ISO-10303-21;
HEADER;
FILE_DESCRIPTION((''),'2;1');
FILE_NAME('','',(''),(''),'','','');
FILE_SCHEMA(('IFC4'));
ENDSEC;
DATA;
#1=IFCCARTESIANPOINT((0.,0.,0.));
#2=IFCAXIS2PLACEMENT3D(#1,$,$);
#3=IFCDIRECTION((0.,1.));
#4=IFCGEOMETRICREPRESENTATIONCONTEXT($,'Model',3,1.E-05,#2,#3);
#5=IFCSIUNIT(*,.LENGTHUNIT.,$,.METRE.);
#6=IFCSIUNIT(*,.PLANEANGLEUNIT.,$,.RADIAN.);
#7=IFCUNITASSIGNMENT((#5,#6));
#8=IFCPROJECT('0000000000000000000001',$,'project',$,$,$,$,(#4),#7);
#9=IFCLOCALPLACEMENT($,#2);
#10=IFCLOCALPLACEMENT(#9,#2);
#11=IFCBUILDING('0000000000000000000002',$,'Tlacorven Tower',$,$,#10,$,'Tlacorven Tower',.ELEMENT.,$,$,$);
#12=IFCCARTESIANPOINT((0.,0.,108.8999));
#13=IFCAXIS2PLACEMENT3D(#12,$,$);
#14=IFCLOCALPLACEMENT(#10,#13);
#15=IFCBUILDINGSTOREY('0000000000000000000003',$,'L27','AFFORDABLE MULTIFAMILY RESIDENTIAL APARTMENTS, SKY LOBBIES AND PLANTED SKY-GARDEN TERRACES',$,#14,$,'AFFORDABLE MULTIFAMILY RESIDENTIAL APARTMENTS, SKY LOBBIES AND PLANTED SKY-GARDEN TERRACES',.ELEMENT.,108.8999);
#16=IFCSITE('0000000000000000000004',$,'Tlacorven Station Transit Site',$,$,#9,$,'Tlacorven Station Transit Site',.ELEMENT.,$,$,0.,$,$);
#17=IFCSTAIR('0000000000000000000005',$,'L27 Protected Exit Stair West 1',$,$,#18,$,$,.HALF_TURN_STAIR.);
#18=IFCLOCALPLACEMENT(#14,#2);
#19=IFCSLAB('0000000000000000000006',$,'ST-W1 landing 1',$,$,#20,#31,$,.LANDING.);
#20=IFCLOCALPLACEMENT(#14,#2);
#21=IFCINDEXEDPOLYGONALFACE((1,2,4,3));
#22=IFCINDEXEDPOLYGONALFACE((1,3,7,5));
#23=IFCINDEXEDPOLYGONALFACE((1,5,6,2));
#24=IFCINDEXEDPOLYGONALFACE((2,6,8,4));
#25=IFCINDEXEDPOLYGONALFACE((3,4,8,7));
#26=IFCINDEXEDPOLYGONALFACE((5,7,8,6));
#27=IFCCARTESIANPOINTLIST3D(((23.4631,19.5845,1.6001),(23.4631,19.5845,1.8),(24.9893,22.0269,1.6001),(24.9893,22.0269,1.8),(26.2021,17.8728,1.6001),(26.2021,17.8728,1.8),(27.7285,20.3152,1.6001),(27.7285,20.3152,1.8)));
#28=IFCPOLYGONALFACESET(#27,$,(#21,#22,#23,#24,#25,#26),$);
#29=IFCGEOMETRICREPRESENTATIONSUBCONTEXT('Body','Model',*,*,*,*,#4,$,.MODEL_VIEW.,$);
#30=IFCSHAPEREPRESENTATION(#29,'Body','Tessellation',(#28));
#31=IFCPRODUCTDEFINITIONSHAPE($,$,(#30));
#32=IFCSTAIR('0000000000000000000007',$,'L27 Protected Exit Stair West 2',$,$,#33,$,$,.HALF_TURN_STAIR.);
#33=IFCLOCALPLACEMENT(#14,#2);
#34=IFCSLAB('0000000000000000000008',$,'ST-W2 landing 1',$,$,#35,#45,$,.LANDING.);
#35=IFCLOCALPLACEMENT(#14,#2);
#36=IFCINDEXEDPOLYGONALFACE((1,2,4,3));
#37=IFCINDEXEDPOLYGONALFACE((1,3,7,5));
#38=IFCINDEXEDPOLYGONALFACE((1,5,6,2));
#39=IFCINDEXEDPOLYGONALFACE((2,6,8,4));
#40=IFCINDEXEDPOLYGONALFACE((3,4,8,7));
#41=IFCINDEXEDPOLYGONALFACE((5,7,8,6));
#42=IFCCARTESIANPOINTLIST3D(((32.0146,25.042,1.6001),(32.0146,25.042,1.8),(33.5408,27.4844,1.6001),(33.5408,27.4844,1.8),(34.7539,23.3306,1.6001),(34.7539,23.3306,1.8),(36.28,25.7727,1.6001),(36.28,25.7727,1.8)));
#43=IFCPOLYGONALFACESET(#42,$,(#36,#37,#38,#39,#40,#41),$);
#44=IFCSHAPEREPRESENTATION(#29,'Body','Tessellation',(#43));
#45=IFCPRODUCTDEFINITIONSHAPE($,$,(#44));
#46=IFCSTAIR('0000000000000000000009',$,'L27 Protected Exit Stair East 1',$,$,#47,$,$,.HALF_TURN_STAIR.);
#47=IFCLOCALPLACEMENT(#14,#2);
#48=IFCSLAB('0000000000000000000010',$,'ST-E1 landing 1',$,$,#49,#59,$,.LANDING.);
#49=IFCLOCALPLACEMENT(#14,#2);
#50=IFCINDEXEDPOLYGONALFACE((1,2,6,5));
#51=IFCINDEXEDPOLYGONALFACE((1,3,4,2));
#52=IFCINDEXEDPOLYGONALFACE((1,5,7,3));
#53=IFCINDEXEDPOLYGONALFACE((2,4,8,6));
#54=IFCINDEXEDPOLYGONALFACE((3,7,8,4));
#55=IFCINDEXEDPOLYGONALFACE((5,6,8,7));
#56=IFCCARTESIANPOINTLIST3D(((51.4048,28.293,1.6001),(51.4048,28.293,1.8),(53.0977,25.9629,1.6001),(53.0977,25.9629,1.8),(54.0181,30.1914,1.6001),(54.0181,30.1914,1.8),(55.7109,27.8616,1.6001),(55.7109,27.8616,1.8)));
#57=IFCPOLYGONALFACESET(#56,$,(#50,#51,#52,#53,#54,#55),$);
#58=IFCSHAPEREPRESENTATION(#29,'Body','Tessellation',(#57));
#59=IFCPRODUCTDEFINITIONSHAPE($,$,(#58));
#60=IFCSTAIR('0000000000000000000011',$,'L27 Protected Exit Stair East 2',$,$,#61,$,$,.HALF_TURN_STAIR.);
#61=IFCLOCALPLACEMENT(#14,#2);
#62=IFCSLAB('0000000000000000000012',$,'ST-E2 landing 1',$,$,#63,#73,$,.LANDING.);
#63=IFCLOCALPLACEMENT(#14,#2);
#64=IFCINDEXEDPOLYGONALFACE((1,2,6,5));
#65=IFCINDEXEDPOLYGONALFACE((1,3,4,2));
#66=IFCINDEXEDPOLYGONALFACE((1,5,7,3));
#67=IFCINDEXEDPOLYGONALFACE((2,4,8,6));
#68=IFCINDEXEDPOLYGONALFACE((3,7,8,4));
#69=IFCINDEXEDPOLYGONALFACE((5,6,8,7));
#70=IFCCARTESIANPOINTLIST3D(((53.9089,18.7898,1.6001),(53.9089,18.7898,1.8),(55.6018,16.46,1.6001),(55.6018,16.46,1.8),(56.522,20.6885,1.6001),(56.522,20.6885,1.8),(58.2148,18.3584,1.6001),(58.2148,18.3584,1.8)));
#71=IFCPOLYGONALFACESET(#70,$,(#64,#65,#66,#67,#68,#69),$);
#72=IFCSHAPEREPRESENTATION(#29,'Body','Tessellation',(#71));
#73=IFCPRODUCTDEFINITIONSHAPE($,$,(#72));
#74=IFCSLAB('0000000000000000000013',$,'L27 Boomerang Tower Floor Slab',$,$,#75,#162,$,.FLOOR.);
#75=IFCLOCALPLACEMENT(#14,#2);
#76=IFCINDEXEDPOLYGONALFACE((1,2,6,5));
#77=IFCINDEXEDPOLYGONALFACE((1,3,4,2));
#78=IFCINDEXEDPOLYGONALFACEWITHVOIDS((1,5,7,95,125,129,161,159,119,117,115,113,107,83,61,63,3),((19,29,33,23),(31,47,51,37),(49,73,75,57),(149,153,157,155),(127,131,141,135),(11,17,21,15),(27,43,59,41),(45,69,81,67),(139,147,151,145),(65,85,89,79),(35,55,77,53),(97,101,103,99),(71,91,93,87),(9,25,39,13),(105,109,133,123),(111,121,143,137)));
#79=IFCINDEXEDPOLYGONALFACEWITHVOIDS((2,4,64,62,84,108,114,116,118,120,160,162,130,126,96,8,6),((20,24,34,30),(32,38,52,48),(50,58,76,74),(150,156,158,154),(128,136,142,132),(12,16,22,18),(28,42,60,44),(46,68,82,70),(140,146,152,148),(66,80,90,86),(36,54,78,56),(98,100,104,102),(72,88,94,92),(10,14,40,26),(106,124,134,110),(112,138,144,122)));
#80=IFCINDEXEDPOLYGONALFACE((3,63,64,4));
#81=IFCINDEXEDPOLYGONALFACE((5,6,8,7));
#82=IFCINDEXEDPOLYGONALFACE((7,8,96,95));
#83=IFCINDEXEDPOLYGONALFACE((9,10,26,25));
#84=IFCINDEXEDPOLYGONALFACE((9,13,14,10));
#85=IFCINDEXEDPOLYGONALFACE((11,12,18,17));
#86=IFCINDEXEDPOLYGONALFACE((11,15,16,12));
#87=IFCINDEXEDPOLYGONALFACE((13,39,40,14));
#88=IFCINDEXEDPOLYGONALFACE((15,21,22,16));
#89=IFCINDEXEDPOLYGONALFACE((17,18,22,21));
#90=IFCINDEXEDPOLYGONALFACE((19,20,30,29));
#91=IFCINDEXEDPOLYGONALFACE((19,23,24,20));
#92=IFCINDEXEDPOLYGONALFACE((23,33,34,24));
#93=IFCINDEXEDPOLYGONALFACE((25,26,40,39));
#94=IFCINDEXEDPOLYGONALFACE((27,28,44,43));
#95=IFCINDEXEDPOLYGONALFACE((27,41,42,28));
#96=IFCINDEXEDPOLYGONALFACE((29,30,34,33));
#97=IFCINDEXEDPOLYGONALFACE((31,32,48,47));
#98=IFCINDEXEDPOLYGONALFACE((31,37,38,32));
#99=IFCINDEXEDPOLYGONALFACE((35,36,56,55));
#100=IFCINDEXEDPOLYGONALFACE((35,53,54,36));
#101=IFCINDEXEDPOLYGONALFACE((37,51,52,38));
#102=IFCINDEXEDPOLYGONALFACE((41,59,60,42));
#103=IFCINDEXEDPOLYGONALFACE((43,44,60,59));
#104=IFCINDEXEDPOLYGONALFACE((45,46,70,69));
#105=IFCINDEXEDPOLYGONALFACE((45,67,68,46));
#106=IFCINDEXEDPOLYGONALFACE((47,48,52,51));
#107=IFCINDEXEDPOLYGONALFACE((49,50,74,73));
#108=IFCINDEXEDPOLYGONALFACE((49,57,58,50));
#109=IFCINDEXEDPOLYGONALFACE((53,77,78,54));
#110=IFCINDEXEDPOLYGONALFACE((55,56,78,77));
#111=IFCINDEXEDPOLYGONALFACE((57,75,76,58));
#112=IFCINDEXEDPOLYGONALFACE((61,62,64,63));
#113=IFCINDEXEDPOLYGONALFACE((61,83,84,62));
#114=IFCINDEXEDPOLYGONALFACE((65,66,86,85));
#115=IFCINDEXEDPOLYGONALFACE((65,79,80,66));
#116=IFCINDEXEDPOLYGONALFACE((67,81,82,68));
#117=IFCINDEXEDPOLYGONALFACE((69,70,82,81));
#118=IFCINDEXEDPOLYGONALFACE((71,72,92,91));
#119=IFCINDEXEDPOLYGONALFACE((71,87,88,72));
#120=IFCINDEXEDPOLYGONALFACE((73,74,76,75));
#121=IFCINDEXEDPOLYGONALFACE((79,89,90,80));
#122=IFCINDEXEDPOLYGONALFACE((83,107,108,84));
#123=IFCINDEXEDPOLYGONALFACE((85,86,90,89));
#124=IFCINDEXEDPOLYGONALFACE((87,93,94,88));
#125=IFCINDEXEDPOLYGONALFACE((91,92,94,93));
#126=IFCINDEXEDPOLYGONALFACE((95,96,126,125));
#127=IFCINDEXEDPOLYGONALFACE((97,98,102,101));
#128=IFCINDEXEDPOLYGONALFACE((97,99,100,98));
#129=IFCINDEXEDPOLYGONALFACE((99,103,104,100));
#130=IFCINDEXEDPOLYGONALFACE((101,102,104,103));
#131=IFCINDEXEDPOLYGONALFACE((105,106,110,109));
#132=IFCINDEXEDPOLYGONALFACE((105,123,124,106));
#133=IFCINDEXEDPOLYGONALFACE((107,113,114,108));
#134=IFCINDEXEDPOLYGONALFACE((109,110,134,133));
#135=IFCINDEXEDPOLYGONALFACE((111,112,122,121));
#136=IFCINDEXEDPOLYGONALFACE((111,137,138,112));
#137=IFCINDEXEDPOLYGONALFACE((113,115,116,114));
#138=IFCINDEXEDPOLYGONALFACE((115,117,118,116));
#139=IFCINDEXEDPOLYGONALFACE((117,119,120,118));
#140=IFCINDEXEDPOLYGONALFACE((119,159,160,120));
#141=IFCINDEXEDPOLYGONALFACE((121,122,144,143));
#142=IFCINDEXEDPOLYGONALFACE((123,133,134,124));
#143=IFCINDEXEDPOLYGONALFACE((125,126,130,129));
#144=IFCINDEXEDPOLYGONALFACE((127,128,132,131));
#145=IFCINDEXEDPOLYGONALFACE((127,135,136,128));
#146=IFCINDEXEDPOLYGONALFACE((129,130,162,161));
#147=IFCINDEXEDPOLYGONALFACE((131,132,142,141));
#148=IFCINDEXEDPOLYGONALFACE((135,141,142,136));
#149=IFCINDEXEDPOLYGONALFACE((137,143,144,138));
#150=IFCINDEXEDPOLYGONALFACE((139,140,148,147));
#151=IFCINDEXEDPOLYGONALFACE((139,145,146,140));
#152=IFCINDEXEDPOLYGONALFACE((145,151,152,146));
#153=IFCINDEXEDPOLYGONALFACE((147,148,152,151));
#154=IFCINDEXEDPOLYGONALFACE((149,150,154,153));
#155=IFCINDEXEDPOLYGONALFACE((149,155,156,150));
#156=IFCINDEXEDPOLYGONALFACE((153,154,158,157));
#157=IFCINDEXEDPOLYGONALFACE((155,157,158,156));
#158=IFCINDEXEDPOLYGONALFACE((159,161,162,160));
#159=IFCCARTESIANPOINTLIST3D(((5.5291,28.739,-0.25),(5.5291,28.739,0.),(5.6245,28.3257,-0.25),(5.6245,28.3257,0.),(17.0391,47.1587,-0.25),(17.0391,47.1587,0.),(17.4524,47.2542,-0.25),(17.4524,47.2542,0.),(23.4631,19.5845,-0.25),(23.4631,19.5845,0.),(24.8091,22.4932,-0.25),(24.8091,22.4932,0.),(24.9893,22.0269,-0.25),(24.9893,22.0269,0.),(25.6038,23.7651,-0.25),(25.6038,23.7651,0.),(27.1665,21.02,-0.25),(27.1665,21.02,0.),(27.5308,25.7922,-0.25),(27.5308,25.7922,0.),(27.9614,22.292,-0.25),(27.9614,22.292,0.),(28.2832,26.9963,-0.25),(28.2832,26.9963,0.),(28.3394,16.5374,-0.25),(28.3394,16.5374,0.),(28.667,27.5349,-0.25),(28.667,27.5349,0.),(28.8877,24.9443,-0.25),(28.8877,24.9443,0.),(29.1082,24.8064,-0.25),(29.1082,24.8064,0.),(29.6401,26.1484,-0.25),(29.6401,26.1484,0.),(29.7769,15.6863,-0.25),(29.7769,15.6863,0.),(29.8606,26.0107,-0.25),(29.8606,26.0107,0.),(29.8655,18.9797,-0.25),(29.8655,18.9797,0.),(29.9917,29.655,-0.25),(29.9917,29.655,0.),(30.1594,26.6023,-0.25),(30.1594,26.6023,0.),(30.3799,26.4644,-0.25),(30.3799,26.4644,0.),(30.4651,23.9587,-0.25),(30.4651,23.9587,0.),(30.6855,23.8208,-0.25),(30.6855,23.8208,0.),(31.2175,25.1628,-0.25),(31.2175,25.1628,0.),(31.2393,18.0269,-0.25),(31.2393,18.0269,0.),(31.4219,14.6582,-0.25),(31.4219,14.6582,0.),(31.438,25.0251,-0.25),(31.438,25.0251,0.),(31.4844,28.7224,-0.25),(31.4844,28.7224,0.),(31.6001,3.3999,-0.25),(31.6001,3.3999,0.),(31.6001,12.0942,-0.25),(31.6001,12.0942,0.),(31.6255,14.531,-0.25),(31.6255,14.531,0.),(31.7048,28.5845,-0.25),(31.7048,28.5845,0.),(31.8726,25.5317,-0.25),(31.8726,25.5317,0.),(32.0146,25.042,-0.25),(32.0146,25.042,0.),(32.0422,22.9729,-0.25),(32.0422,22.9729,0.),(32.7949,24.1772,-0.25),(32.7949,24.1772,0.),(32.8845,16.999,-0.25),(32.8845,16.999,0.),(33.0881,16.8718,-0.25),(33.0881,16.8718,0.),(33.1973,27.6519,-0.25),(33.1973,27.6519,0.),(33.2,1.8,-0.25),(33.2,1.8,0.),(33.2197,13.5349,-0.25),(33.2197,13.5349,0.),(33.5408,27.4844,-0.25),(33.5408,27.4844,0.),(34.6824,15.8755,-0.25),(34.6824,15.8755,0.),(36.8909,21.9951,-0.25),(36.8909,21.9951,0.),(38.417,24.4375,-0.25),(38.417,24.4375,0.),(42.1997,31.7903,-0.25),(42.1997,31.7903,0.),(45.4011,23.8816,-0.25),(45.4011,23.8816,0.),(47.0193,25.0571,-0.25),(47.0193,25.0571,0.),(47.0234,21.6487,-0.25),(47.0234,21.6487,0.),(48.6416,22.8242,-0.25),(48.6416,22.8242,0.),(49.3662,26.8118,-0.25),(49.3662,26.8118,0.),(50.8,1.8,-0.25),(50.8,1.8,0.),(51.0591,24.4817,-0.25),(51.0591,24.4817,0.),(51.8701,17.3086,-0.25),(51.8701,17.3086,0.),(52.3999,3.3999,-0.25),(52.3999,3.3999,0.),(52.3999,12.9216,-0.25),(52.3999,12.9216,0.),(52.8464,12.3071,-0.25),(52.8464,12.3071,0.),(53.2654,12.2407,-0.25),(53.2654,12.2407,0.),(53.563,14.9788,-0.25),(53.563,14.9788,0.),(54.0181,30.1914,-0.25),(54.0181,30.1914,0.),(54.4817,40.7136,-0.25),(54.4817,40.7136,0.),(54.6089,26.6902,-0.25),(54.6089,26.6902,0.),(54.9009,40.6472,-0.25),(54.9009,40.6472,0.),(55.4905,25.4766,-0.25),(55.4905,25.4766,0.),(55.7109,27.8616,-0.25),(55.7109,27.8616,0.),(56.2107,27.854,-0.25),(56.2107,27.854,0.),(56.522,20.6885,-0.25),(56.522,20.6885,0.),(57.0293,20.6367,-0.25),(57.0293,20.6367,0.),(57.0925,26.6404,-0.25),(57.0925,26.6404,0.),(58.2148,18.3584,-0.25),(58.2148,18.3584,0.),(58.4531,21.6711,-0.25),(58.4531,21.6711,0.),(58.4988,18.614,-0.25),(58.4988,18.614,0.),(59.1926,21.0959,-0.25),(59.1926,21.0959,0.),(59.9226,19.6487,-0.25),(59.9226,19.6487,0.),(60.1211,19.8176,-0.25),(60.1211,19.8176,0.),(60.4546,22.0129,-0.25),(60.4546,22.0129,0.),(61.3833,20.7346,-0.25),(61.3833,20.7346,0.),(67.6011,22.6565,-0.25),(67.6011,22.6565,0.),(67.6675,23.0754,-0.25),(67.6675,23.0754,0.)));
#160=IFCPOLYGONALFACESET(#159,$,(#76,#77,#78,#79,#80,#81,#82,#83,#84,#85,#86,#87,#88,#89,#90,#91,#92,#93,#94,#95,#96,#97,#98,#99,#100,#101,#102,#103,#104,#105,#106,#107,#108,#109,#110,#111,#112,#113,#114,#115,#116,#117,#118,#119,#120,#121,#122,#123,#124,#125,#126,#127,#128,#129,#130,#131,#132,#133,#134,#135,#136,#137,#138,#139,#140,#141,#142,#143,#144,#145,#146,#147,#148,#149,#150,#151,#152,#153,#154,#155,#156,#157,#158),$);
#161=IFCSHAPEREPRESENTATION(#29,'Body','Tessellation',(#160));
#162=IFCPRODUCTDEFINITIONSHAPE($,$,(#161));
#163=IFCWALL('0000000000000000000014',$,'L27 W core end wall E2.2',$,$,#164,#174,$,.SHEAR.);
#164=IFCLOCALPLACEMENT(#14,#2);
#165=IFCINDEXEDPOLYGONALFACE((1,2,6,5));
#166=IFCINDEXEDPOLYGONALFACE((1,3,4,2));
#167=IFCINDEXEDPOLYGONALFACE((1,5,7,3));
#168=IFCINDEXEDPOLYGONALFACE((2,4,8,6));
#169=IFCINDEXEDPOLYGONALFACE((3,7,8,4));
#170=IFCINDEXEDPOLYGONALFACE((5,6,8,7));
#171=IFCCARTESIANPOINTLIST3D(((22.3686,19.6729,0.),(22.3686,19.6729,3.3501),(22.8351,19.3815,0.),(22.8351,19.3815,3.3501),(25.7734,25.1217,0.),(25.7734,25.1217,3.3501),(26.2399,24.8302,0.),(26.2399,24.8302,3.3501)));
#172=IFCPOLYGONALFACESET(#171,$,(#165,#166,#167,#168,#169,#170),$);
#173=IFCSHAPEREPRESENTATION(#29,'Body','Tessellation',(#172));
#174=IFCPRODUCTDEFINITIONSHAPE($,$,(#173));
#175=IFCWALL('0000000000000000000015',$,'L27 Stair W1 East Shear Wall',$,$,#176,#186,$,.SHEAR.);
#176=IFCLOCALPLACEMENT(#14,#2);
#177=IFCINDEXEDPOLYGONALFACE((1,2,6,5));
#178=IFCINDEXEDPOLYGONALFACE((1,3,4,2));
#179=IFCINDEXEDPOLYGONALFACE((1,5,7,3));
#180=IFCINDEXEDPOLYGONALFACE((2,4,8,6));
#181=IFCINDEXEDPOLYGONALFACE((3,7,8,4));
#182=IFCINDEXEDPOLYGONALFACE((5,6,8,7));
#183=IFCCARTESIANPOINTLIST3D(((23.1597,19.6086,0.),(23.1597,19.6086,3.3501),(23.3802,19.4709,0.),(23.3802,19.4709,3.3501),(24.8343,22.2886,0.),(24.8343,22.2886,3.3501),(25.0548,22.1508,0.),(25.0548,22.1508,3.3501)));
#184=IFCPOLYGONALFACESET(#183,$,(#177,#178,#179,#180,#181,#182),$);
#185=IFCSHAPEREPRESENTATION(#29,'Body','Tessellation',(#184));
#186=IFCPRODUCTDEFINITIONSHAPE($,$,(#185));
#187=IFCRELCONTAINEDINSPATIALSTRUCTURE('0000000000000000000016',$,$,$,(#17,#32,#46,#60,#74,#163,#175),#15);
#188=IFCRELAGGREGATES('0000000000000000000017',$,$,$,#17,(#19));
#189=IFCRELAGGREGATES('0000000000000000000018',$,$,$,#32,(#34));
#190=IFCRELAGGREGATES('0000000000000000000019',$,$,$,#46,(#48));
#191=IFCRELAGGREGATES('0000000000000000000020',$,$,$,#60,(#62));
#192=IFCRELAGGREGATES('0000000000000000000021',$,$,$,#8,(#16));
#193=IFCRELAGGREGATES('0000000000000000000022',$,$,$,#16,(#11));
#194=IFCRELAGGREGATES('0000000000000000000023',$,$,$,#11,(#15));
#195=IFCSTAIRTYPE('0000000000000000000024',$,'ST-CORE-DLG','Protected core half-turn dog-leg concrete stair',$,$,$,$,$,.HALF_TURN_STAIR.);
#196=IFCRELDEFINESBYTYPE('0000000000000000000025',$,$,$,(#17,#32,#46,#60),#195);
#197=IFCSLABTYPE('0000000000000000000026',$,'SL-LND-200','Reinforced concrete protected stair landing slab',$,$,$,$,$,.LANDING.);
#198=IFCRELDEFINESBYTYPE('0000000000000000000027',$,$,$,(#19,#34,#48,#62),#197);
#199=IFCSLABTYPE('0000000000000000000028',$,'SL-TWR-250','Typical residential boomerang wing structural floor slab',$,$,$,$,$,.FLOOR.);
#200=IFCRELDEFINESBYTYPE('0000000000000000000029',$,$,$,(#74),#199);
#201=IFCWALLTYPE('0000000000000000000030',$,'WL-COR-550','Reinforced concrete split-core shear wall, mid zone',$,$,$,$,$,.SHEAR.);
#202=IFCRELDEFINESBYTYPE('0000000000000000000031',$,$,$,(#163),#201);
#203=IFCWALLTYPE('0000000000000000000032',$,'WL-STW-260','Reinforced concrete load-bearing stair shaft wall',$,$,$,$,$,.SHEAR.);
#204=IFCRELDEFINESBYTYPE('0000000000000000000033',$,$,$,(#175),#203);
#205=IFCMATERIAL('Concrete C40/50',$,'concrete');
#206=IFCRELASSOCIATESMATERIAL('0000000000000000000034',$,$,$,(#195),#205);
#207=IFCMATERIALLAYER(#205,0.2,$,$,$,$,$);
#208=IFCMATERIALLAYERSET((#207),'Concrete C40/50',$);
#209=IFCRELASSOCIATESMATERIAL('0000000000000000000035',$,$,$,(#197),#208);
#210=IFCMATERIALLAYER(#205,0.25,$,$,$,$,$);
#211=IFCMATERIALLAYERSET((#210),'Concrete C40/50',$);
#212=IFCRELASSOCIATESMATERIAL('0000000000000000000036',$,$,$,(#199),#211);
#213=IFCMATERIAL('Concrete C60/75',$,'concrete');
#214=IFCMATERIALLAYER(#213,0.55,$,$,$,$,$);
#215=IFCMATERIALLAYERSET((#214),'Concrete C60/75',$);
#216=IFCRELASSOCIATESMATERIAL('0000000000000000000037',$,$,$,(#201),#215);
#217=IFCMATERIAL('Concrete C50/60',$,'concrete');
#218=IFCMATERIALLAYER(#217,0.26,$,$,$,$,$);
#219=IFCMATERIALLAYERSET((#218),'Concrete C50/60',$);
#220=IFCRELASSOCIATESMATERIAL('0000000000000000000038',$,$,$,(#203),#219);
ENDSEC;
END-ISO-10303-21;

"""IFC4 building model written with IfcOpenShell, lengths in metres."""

from ifc_helpers import new_model, si_unit, direction, frame, frame_2d, origin, place, context, subcontext, project, spatial, polyline, rectangle, outline, extrude, material, layer, layer_set, type_object, element, aggregate, save


model = new_model("IFC4")

# Units and contexts
model_context = context("Model", 3, precision=1e-05, world=origin(), true_north=direction((0.0, 1.0)))
body_context = subcontext(model_context, "Body", "Model", "MODEL_VIEW")
ifc_project = project(units=[si_unit("LENGTHUNIT", "METRE"), si_unit("PLANEANGLEUNIT", "RADIAN")], contexts=[model_context])

# Site, building, storey
site_placement = place(None, origin())
site = spatial("IfcSite", under=ifc_project, at=site_placement, Name="Tlacorven Station Transit Site", LongName="Tlacorven Station Transit Site", CompositionType="ELEMENT", RefElevation=0.0)
building_placement = place(site_placement, origin())
building = spatial("IfcBuilding", under=site, at=building_placement, Name="Tlacorven Tower", LongName="Tlacorven Tower", CompositionType="ELEMENT")
storey_placement = place(building_placement, frame((0.0, 0.0, 108.8999)))
storey = spatial("IfcBuildingStorey", under=building, at=storey_placement, Name="L27", Description="AFFORDABLE MULTIFAMILY RESIDENTIAL APARTMENTS, SKY LOBBIES AND PLANTED SKY-GARDEN TERRACES", LongName="AFFORDABLE MULTIFAMILY RESIDENTIAL APARTMENTS, SKY LOBBIES AND PLANTED SKY-GARDEN TERRACES", CompositionType="ELEMENT", Elevation=108.8999)

# Stairs, slabs
ifc_material_1 = material(Name="Concrete C40/50", Category="concrete")
stair_type = type_object("IfcStairType", Name="ST-CORE-DLG", Description="Protected core half-turn dog-leg concrete stair", PredefinedType="HALF_TURN_STAIR", material=ifc_material_1)
stair_1_placement = place(storey_placement, origin())
stair_1 = element("IfcStair", 1, at=stair_1_placement, inside=storey, type_object=stair_type, Name="L27 Protected Exit Stair West 1", PredefinedType="HALF_TURN_STAIR")
ifc_layer_1 = layer(ifc_material_1, 0.2)
ifc_layer_set_1 = layer_set([ifc_layer_1], Name="Concrete C40/50")
slab_type_1 = type_object("IfcSlabType", Name="SL-LND-200", Description="Reinforced concrete protected stair landing slab", PredefinedType="LANDING", material=ifc_layer_set_1)
slab_1_placement = place(storey_placement, frame((0.0, 0.0, 1.6001)))
slab_1 = element("IfcSlab", 2, at=slab_1_placement, type_object=slab_type_1, Name="ST-W1 landing 1", PredefinedType="LANDING", context=body_context, shape_type="SweptSolid", body=[
    extrude(outline(polyline([(27.7285, 20.3152), (24.9893, 22.0269), (23.4631, 19.5845), (26.2021, 17.8728), (27.7285, 20.3152)])), origin(), (0.0, 0.0, 1.0), 0.2),
])
aggregate(stair_1, [slab_1])
stair_2_placement = place(storey_placement, origin())
stair_2 = element("IfcStair", 3, at=stair_2_placement, inside=storey, type_object=stair_type, Name="L27 Protected Exit Stair West 2", PredefinedType="HALF_TURN_STAIR")
slab_2_placement = place(storey_placement, frame((0.0, 0.0, 1.6001)))
slab_2 = element("IfcSlab", 4, at=slab_2_placement, type_object=slab_type_1, Name="ST-W2 landing 1", PredefinedType="LANDING", context=body_context, shape_type="SweptSolid", body=[
    extrude(outline(polyline([(36.28, 25.7727), (33.5408, 27.4844), (32.0146, 25.042), (34.7539, 23.3306), (36.28, 25.7727)])), origin(), (0.0, 0.0, 1.0), 0.2),
])
aggregate(stair_2, [slab_2])
stair_3_placement = place(storey_placement, origin())
stair_3 = element("IfcStair", 5, at=stair_3_placement, inside=storey, type_object=stair_type, Name="L27 Protected Exit Stair East 1", PredefinedType="HALF_TURN_STAIR")
slab_3_placement = place(storey_placement, frame((0.0, 0.0, 1.6001)))
slab_3 = element("IfcSlab", 6, at=slab_3_placement, type_object=slab_type_1, Name="ST-E1 landing 1", PredefinedType="LANDING", context=body_context, shape_type="SweptSolid", body=[
    extrude(outline(polyline([(53.0977, 25.9629), (55.7109, 27.8616), (54.0181, 30.1914), (51.4048, 28.293), (53.0977, 25.9629)])), origin(), (0.0, 0.0, 1.0), 0.2),
])
aggregate(stair_3, [slab_3])
stair_4_placement = place(storey_placement, origin())
stair_4 = element("IfcStair", 7, at=stair_4_placement, inside=storey, type_object=stair_type, Name="L27 Protected Exit Stair East 2", PredefinedType="HALF_TURN_STAIR")
slab_4_placement = place(storey_placement, frame((0.0, 0.0, 1.6001)))
slab_4 = element("IfcSlab", 8, at=slab_4_placement, type_object=slab_type_1, Name="ST-E2 landing 1", PredefinedType="LANDING", context=body_context, shape_type="SweptSolid", body=[
    extrude(outline(polyline([(55.6018, 16.46), (58.2148, 18.3584), (56.522, 20.6885), (53.9089, 18.7898), (55.6018, 16.46)])), origin(), (0.0, 0.0, 1.0), 0.2),
])
aggregate(stair_4, [slab_4])

# Slab
ifc_layer_2 = layer(ifc_material_1, 0.25)
ifc_layer_set_2 = layer_set([ifc_layer_2], Name="Concrete C40/50")
slab_type_2 = type_object("IfcSlabType", Name="SL-TWR-250", Description="Typical residential boomerang wing structural floor slab", PredefinedType="FLOOR", material=ifc_layer_set_2)
slab_5_placement = place(storey_placement, frame((0.0, 0.0, -0.25)))
element("IfcSlab", 9, at=slab_5_placement, inside=storey, type_object=slab_type_2, Name="L27 Boomerang Tower Floor Slab", PredefinedType="FLOOR", context=body_context, shape_type="SweptSolid", body=[
    extrude(outline(polyline([(52.3999, 3.3999), (50.8, 1.8), (33.2, 1.8), (31.6001, 3.3999), (31.6001, 12.0942), (5.6245, 28.3257), (5.5291, 28.739), (17.0391, 47.1587), (17.4524, 47.2542), (42.1997, 31.7903), (54.4817, 40.7136), (54.9009, 40.6472), (67.6675, 23.0754), (67.6011, 22.6565), (53.2654, 12.2407), (52.8464, 12.3071), (52.3999, 12.9216), (52.3999, 3.3999)]), holes=[polyline([(29.8655, 18.9797), (24.9893, 22.0269), (23.4631, 19.5845), (28.3394, 16.5374), (29.8655, 18.9797)]), polyline([(38.417, 24.4375), (33.5408, 27.4844), (32.0146, 25.042), (36.8909, 21.9951), (38.417, 24.4375)]), polyline([(51.0591, 24.4817), (55.7109, 27.8616), (54.0181, 30.1914), (49.3662, 26.8118), (51.0591, 24.4817)]), polyline([(53.563, 14.9788), (58.2148, 18.3584), (56.522, 20.6885), (51.8701, 17.3086), (53.563, 14.9788)]), polyline([(34.6824, 15.8755), (33.0881, 16.8718), (31.6255, 14.531), (33.2197, 13.5349), (34.6824, 15.8755)]), polyline([(32.8845, 16.999), (31.2393, 18.0269), (29.7769, 15.6863), (31.4219, 14.6582), (32.8845, 16.999)]), polyline([(47.0234, 21.6487), (48.6416, 22.8242), (47.0193, 25.0571), (45.4011, 23.8816), (47.0234, 21.6487)]), polyline([(33.1973, 27.6519), (31.7048, 28.5845), (30.3799, 26.4644), (31.8726, 25.5317), (33.1973, 27.6519)]), polyline([(31.4844, 28.7224), (29.9917, 29.655), (28.667, 27.5349), (30.1594, 26.6023), (31.4844, 28.7224)]), polyline([(32.7949, 24.1772), (31.438, 25.0251), (30.6855, 23.8208), (32.0422, 22.9729), (32.7949, 24.1772)]), polyline([(31.2175, 25.1628), (29.8606, 26.0107), (29.1082, 24.8064), (30.4651, 23.9587), (31.2175, 25.1628)]), polyline([(29.6401, 26.1484), (28.2832, 26.9963), (27.5308, 25.7922), (28.8877, 24.9443), (29.6401, 26.1484)]), polyline([(58.4988, 18.614), (59.9226, 19.6487), (58.4531, 21.6711), (57.0293, 20.6367), (58.4988, 18.614)]), polyline([(27.9614, 22.292), (25.6038, 23.7651), (24.8091, 22.4932), (27.1665, 21.02), (27.9614, 22.292)]), polyline([(55.4905, 25.4766), (57.0925, 26.6404), (56.2107, 27.854), (54.6089, 26.6902), (55.4905, 25.4766)]), polyline([(60.1211, 19.8176), (61.3833, 20.7346), (60.4546, 22.0129), (59.1926, 21.0959), (60.1211, 19.8176)])]), origin(), (0.0, 0.0, 1.0), 0.25),
])

# Walls
ifc_material_2 = material(Name="Concrete C60/75", Category="concrete")
ifc_layer_3 = layer(ifc_material_2, 0.55)
ifc_layer_set_3 = layer_set([ifc_layer_3], Name="Concrete C60/75")
wall_type_1 = type_object("IfcWallType", Name="WL-COR-550", Description="Reinforced concrete split-core shear wall, mid zone", PredefinedType="SHEAR", material=ifc_layer_set_3)
wall_1_placement = place(storey_placement, frame((26.0066, 24.9758, 0.0), z_axis=(0.0, 0.0, 1.0), x_axis=(-0.529924, -0.848045, 0.0)))
element("IfcWall", 10, at=wall_1_placement, inside=storey, type_object=wall_type_1, Name="L27 W core end wall E2.2", PredefinedType="SHEAR", context=body_context, shape_type="SweptSolid", body=[
    extrude(rectangle(XDim=6.425, YDim=0.55, at=frame_2d((3.2124, 0.0))), origin(), (0.0, 0.0, 1.0), 3.3501),
])
ifc_material_3 = material(Name="Concrete C50/60", Category="concrete")
ifc_layer_4 = layer(ifc_material_3, 0.26)
ifc_layer_set_4 = layer_set([ifc_layer_4], Name="Concrete C50/60")
wall_type_2 = type_object("IfcWallType", Name="WL-STW-260", Description="Reinforced concrete load-bearing stair shaft wall", PredefinedType="SHEAR", material=ifc_layer_set_4)
wall_2_placement = place(storey_placement, frame((24.9446, 22.2197, 0.0), z_axis=(0.0, 0.0, 1.0), x_axis=(-0.529909, -0.848055, 0.0)))
element("IfcWall", 11, at=wall_2_placement, inside=storey, type_object=wall_type_2, Name="L27 Stair W1 East Shear Wall", PredefinedType="SHEAR", context=body_context, shape_type="SweptSolid", body=[
    extrude(rectangle(XDim=3.1602, YDim=0.26, at=frame_2d((1.5801, 0.0))), origin(), (0.0, 0.0, 1.0), 3.3501),
])

save(model, "model.ifc")
